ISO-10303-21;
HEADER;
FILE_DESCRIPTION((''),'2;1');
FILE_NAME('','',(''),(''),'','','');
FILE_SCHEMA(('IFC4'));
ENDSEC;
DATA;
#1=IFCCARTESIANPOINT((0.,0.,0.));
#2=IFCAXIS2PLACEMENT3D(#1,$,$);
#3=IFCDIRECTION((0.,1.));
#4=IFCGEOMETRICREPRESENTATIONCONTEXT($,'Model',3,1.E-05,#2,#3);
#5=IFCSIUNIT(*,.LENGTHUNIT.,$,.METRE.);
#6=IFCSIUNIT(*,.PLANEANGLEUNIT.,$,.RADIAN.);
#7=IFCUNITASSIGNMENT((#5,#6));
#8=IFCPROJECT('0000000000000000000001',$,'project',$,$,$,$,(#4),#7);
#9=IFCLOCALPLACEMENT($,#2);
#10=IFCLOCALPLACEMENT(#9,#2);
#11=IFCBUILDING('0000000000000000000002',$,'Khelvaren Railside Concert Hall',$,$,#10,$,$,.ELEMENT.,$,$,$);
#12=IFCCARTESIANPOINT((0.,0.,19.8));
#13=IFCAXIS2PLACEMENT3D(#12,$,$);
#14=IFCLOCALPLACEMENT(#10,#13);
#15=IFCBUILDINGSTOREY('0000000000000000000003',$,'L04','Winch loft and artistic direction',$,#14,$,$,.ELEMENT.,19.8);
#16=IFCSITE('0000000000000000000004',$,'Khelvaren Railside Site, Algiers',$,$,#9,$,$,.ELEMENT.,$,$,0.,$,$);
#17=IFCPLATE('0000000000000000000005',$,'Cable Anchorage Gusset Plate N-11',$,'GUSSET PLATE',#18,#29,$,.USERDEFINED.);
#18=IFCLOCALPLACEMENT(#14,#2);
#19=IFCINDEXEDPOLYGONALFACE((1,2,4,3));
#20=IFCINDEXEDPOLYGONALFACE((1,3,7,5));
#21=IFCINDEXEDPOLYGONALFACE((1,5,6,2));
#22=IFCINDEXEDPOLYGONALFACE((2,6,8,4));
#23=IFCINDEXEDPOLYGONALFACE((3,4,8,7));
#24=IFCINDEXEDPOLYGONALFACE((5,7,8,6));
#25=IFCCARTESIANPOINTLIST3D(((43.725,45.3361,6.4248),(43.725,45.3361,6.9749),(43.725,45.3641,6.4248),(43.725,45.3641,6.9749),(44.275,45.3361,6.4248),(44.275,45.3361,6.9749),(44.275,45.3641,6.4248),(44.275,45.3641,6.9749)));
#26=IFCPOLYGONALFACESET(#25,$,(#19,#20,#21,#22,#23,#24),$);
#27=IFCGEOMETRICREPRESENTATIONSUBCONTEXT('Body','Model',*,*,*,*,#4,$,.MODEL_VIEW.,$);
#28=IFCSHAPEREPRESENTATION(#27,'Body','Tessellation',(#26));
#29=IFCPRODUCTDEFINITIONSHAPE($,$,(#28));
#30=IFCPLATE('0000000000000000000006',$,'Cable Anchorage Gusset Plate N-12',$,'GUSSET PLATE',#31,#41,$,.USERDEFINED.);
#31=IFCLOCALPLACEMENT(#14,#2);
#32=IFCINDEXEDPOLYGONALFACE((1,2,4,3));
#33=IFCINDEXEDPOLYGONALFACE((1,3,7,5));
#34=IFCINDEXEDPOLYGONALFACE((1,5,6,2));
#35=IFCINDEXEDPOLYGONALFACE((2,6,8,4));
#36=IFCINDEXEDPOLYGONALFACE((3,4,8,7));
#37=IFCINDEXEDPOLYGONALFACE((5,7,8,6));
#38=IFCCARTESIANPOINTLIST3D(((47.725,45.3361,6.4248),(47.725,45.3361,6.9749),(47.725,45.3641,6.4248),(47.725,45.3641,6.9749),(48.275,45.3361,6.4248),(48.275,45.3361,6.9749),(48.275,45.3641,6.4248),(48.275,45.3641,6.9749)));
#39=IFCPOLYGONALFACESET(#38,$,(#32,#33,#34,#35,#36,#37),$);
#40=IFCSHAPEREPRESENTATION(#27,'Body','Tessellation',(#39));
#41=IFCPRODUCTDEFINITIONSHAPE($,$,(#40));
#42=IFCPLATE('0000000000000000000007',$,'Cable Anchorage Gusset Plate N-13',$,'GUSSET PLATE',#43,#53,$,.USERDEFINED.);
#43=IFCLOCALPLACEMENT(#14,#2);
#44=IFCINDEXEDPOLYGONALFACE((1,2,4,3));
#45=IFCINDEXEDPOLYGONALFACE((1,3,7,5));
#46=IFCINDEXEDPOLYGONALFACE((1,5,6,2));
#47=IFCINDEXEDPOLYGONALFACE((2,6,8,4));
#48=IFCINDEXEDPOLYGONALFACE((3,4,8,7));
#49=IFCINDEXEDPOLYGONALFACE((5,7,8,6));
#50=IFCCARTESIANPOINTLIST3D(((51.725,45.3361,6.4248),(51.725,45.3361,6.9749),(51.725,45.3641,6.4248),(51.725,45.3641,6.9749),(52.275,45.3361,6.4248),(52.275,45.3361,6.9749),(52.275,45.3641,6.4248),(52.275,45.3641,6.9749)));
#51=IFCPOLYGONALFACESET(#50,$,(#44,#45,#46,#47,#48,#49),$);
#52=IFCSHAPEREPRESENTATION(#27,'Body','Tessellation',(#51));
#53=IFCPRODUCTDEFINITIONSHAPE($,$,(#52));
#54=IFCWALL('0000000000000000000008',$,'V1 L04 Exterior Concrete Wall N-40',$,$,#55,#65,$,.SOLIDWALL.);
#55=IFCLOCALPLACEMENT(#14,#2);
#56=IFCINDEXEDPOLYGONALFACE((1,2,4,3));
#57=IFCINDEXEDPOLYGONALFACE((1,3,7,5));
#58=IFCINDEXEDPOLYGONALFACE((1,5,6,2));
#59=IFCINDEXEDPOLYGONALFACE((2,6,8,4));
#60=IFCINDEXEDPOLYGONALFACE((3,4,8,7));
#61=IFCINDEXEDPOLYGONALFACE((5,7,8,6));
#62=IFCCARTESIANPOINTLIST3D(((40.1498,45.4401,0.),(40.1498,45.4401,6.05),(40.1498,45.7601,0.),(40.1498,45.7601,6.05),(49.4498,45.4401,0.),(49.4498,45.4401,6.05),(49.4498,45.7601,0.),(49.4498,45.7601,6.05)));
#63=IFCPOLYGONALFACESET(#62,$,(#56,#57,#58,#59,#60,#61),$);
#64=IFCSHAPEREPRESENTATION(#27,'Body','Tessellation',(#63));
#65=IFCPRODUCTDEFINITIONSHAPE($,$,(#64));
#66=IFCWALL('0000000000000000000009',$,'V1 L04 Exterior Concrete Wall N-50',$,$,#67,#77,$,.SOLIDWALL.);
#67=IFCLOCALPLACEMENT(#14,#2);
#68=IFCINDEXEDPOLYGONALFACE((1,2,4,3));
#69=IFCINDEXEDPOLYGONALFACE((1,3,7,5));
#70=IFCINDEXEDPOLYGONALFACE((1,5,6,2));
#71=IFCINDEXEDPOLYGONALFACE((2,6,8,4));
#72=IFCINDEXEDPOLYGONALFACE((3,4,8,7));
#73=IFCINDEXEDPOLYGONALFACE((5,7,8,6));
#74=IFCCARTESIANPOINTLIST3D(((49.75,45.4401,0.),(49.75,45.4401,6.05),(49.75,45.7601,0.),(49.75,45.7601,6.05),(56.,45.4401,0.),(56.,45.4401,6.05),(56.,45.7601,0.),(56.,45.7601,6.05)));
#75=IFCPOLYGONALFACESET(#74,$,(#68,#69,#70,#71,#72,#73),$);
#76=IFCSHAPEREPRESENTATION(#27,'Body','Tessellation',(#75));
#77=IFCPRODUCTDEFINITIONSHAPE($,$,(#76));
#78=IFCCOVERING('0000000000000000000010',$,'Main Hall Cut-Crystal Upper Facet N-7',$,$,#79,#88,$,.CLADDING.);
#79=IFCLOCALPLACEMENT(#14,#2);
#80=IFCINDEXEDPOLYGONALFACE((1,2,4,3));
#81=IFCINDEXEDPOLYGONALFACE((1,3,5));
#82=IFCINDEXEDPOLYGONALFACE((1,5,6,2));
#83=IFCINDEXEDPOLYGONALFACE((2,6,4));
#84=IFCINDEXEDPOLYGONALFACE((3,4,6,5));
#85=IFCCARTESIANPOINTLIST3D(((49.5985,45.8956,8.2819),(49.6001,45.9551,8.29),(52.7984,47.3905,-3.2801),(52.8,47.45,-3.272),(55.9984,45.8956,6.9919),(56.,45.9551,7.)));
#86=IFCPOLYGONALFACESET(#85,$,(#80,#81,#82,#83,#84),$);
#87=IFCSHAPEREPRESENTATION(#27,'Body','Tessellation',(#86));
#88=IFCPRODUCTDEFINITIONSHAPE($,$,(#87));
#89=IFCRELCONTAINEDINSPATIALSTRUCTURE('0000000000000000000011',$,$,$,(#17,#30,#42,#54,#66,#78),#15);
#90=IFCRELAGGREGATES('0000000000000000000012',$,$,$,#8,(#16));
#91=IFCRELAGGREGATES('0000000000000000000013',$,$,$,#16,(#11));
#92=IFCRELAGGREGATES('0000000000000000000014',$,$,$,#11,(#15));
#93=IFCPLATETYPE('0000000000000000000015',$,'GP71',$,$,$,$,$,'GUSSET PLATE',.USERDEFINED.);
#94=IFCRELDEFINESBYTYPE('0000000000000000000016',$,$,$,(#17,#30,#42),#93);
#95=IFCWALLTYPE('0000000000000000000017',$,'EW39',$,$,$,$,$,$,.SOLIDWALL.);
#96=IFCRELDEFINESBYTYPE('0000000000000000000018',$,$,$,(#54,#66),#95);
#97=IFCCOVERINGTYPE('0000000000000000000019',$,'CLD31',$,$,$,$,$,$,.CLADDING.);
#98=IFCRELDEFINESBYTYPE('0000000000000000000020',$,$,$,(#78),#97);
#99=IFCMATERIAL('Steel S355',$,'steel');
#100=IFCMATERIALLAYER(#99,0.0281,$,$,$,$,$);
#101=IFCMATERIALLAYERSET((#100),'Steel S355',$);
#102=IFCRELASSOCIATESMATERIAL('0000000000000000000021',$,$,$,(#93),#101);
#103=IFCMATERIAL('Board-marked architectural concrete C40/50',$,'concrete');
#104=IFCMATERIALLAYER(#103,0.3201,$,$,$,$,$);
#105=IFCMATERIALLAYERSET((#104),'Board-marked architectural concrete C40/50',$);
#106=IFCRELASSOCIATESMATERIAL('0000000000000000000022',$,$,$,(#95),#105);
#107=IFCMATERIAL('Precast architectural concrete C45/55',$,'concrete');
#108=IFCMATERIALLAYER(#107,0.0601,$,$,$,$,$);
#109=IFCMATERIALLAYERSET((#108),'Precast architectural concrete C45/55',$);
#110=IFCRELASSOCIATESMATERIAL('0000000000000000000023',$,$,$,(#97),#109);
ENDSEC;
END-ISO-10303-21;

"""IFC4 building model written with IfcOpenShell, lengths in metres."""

from ifc_helpers import new_model, si_unit, direction, frame, frame_2d, origin, origin_2d, place, context, subcontext, project, spatial, polyline, rectangle, outline, extrude, material, layer, layer_set, type_object, element, save


model = new_model("IFC4")

# Units and contexts
model_context = context("Model", 3, precision=1e-05, world=origin(), true_north=direction((0.0, 1.0)))
body_context = subcontext(model_context, "Body", "Model", "MODEL_VIEW")
ifc_project = project(units=[si_unit("LENGTHUNIT", "METRE"), si_unit("PLANEANGLEUNIT", "RADIAN")], contexts=[model_context])

# Site, building, storey
site_placement = place(None, origin())
site = spatial("IfcSite", under=ifc_project, at=site_placement, Name="Khelvaren Railside Site, Algiers", CompositionType="ELEMENT", RefElevation=0.0)
building_placement = place(site_placement, origin())
building = spatial("IfcBuilding", under=site, at=building_placement, Name="Khelvaren Railside Concert Hall", CompositionType="ELEMENT")
storey_placement = place(building_placement, frame((0.0, 0.0, 19.8)))
storey = spatial("IfcBuildingStorey", under=building, at=storey_placement, Name="L04", Description="Winch loft and artistic direction", CompositionType="ELEMENT", Elevation=19.8)

# Shared definitions
ifc_material_1 = material(Name="Steel S355", Category="steel")

# Plates
ifc_layer_1 = layer(ifc_material_1, 0.0281)
ifc_layer_set_1 = layer_set([ifc_layer_1], Name="Steel S355")
plate_type = type_object("IfcPlateType", Name="GP71", ElementType="GUSSET PLATE", PredefinedType="USERDEFINED", material=ifc_layer_set_1)
for number, where, z_axis, x_axis, name in (
    (1, (44.0, 45.3501, 6.4248), (0.0, 0.0, 1.0), (1.0, 0.0, 0.0), "Cable Anchorage Gusset Plate N-11"),
    (2, (48.0, 45.3501, 6.4248), (0.0, 0.0, 1.0), (1.0, 0.0, 0.0), "Cable Anchorage Gusset Plate N-12"),
    (3, (52.0, 45.3501, 6.4248), (0.0, 0.0, 1.0), (1.0, 0.0, 0.0), "Cable Anchorage Gusset Plate N-13"),
):
    element("IfcPlate", number, at=place(storey_placement, frame(where, z_axis=z_axis, x_axis=x_axis)), inside=storey, type_object=plate_type, Name=name, ObjectType="GUSSET PLATE", PredefinedType="USERDEFINED", context=body_context, shape_type="SweptSolid", body=[
        extrude(rectangle(XDim=0.55, YDim=0.0281, at=origin_2d()), origin(), (0.0, 0.0, 1.0), 0.55),
    ])

# Walls
ifc_material_2 = material(Name="Board-marked architectural concrete C40/50", Category="concrete")
ifc_layer_2 = layer(ifc_material_2, 0.3201)
ifc_layer_set_2 = layer_set([ifc_layer_2], Name="Board-marked architectural concrete C40/50")
wall_type = type_object("IfcWallType", Name="EW39", PredefinedType="SOLIDWALL", material=ifc_layer_set_2)
wall_1_placement = place(storey_placement, frame((40.1499, 45.6001, 0.0), z_axis=(0.0, 0.0, 1.0), x_axis=(1.0, 0.0, 0.0)))
element("IfcWall", 4, at=wall_1_placement, inside=storey, type_object=wall_type, Name="V1 L04 Exterior Concrete Wall N-40", PredefinedType="SOLIDWALL", context=body_context, shape_type="SweptSolid", body=[
    extrude(rectangle(XDim=9.3, YDim=0.3201, at=frame_2d((4.6499, 0.0))), origin(), (0.0, 0.0, 1.0), 6.05),
])
wall_2_placement = place(storey_placement, frame((49.75, 45.6001, 0.0), z_axis=(0.0, 0.0, 1.0), x_axis=(1.0, 0.0, 0.0)))
element("IfcWall", 5, at=wall_2_placement, inside=storey, type_object=wall_type, Name="V1 L04 Exterior Concrete Wall N-50", PredefinedType="SOLIDWALL", context=body_context, shape_type="SweptSolid", body=[
    extrude(rectangle(XDim=6.25, YDim=0.3201, at=frame_2d((3.125, 0.0))), origin(), (0.0, 0.0, 1.0), 6.05),
])

# Covering
ifc_material_3 = material(Name="Precast architectural concrete C45/55", Category="concrete")
ifc_layer_3 = layer(ifc_material_3, 0.0601)
ifc_layer_set_3 = layer_set([ifc_layer_3], Name="Precast architectural concrete C45/55")
covering_type = type_object("IfcCoveringType", Name="CLD31", PredefinedType="CLADDING", material=ifc_layer_set_3)
covering_placement = place(storey_placement, frame((49.6001, 45.9551, 8.29), z_axis=(0.027336, 0.990385, 0.135614), x_axis=(0.980283, 0.0, -0.197597)))
element("IfcCovering", 6, at=covering_placement, inside=storey, type_object=covering_type, Name="Main Hall Cut-Crystal Upper Facet N-7", PredefinedType="CLADDING", context=body_context, shape_type="SweptSolid", body=[
    extrude(outline(polyline([(0.0, 0.0), (6.5286, 0.0), (5.4215, 10.8056), (0.0, 0.0)])), origin(), (0.0, 0.0, -1.0), 0.0601),
])

save(model, "model.ifc")
